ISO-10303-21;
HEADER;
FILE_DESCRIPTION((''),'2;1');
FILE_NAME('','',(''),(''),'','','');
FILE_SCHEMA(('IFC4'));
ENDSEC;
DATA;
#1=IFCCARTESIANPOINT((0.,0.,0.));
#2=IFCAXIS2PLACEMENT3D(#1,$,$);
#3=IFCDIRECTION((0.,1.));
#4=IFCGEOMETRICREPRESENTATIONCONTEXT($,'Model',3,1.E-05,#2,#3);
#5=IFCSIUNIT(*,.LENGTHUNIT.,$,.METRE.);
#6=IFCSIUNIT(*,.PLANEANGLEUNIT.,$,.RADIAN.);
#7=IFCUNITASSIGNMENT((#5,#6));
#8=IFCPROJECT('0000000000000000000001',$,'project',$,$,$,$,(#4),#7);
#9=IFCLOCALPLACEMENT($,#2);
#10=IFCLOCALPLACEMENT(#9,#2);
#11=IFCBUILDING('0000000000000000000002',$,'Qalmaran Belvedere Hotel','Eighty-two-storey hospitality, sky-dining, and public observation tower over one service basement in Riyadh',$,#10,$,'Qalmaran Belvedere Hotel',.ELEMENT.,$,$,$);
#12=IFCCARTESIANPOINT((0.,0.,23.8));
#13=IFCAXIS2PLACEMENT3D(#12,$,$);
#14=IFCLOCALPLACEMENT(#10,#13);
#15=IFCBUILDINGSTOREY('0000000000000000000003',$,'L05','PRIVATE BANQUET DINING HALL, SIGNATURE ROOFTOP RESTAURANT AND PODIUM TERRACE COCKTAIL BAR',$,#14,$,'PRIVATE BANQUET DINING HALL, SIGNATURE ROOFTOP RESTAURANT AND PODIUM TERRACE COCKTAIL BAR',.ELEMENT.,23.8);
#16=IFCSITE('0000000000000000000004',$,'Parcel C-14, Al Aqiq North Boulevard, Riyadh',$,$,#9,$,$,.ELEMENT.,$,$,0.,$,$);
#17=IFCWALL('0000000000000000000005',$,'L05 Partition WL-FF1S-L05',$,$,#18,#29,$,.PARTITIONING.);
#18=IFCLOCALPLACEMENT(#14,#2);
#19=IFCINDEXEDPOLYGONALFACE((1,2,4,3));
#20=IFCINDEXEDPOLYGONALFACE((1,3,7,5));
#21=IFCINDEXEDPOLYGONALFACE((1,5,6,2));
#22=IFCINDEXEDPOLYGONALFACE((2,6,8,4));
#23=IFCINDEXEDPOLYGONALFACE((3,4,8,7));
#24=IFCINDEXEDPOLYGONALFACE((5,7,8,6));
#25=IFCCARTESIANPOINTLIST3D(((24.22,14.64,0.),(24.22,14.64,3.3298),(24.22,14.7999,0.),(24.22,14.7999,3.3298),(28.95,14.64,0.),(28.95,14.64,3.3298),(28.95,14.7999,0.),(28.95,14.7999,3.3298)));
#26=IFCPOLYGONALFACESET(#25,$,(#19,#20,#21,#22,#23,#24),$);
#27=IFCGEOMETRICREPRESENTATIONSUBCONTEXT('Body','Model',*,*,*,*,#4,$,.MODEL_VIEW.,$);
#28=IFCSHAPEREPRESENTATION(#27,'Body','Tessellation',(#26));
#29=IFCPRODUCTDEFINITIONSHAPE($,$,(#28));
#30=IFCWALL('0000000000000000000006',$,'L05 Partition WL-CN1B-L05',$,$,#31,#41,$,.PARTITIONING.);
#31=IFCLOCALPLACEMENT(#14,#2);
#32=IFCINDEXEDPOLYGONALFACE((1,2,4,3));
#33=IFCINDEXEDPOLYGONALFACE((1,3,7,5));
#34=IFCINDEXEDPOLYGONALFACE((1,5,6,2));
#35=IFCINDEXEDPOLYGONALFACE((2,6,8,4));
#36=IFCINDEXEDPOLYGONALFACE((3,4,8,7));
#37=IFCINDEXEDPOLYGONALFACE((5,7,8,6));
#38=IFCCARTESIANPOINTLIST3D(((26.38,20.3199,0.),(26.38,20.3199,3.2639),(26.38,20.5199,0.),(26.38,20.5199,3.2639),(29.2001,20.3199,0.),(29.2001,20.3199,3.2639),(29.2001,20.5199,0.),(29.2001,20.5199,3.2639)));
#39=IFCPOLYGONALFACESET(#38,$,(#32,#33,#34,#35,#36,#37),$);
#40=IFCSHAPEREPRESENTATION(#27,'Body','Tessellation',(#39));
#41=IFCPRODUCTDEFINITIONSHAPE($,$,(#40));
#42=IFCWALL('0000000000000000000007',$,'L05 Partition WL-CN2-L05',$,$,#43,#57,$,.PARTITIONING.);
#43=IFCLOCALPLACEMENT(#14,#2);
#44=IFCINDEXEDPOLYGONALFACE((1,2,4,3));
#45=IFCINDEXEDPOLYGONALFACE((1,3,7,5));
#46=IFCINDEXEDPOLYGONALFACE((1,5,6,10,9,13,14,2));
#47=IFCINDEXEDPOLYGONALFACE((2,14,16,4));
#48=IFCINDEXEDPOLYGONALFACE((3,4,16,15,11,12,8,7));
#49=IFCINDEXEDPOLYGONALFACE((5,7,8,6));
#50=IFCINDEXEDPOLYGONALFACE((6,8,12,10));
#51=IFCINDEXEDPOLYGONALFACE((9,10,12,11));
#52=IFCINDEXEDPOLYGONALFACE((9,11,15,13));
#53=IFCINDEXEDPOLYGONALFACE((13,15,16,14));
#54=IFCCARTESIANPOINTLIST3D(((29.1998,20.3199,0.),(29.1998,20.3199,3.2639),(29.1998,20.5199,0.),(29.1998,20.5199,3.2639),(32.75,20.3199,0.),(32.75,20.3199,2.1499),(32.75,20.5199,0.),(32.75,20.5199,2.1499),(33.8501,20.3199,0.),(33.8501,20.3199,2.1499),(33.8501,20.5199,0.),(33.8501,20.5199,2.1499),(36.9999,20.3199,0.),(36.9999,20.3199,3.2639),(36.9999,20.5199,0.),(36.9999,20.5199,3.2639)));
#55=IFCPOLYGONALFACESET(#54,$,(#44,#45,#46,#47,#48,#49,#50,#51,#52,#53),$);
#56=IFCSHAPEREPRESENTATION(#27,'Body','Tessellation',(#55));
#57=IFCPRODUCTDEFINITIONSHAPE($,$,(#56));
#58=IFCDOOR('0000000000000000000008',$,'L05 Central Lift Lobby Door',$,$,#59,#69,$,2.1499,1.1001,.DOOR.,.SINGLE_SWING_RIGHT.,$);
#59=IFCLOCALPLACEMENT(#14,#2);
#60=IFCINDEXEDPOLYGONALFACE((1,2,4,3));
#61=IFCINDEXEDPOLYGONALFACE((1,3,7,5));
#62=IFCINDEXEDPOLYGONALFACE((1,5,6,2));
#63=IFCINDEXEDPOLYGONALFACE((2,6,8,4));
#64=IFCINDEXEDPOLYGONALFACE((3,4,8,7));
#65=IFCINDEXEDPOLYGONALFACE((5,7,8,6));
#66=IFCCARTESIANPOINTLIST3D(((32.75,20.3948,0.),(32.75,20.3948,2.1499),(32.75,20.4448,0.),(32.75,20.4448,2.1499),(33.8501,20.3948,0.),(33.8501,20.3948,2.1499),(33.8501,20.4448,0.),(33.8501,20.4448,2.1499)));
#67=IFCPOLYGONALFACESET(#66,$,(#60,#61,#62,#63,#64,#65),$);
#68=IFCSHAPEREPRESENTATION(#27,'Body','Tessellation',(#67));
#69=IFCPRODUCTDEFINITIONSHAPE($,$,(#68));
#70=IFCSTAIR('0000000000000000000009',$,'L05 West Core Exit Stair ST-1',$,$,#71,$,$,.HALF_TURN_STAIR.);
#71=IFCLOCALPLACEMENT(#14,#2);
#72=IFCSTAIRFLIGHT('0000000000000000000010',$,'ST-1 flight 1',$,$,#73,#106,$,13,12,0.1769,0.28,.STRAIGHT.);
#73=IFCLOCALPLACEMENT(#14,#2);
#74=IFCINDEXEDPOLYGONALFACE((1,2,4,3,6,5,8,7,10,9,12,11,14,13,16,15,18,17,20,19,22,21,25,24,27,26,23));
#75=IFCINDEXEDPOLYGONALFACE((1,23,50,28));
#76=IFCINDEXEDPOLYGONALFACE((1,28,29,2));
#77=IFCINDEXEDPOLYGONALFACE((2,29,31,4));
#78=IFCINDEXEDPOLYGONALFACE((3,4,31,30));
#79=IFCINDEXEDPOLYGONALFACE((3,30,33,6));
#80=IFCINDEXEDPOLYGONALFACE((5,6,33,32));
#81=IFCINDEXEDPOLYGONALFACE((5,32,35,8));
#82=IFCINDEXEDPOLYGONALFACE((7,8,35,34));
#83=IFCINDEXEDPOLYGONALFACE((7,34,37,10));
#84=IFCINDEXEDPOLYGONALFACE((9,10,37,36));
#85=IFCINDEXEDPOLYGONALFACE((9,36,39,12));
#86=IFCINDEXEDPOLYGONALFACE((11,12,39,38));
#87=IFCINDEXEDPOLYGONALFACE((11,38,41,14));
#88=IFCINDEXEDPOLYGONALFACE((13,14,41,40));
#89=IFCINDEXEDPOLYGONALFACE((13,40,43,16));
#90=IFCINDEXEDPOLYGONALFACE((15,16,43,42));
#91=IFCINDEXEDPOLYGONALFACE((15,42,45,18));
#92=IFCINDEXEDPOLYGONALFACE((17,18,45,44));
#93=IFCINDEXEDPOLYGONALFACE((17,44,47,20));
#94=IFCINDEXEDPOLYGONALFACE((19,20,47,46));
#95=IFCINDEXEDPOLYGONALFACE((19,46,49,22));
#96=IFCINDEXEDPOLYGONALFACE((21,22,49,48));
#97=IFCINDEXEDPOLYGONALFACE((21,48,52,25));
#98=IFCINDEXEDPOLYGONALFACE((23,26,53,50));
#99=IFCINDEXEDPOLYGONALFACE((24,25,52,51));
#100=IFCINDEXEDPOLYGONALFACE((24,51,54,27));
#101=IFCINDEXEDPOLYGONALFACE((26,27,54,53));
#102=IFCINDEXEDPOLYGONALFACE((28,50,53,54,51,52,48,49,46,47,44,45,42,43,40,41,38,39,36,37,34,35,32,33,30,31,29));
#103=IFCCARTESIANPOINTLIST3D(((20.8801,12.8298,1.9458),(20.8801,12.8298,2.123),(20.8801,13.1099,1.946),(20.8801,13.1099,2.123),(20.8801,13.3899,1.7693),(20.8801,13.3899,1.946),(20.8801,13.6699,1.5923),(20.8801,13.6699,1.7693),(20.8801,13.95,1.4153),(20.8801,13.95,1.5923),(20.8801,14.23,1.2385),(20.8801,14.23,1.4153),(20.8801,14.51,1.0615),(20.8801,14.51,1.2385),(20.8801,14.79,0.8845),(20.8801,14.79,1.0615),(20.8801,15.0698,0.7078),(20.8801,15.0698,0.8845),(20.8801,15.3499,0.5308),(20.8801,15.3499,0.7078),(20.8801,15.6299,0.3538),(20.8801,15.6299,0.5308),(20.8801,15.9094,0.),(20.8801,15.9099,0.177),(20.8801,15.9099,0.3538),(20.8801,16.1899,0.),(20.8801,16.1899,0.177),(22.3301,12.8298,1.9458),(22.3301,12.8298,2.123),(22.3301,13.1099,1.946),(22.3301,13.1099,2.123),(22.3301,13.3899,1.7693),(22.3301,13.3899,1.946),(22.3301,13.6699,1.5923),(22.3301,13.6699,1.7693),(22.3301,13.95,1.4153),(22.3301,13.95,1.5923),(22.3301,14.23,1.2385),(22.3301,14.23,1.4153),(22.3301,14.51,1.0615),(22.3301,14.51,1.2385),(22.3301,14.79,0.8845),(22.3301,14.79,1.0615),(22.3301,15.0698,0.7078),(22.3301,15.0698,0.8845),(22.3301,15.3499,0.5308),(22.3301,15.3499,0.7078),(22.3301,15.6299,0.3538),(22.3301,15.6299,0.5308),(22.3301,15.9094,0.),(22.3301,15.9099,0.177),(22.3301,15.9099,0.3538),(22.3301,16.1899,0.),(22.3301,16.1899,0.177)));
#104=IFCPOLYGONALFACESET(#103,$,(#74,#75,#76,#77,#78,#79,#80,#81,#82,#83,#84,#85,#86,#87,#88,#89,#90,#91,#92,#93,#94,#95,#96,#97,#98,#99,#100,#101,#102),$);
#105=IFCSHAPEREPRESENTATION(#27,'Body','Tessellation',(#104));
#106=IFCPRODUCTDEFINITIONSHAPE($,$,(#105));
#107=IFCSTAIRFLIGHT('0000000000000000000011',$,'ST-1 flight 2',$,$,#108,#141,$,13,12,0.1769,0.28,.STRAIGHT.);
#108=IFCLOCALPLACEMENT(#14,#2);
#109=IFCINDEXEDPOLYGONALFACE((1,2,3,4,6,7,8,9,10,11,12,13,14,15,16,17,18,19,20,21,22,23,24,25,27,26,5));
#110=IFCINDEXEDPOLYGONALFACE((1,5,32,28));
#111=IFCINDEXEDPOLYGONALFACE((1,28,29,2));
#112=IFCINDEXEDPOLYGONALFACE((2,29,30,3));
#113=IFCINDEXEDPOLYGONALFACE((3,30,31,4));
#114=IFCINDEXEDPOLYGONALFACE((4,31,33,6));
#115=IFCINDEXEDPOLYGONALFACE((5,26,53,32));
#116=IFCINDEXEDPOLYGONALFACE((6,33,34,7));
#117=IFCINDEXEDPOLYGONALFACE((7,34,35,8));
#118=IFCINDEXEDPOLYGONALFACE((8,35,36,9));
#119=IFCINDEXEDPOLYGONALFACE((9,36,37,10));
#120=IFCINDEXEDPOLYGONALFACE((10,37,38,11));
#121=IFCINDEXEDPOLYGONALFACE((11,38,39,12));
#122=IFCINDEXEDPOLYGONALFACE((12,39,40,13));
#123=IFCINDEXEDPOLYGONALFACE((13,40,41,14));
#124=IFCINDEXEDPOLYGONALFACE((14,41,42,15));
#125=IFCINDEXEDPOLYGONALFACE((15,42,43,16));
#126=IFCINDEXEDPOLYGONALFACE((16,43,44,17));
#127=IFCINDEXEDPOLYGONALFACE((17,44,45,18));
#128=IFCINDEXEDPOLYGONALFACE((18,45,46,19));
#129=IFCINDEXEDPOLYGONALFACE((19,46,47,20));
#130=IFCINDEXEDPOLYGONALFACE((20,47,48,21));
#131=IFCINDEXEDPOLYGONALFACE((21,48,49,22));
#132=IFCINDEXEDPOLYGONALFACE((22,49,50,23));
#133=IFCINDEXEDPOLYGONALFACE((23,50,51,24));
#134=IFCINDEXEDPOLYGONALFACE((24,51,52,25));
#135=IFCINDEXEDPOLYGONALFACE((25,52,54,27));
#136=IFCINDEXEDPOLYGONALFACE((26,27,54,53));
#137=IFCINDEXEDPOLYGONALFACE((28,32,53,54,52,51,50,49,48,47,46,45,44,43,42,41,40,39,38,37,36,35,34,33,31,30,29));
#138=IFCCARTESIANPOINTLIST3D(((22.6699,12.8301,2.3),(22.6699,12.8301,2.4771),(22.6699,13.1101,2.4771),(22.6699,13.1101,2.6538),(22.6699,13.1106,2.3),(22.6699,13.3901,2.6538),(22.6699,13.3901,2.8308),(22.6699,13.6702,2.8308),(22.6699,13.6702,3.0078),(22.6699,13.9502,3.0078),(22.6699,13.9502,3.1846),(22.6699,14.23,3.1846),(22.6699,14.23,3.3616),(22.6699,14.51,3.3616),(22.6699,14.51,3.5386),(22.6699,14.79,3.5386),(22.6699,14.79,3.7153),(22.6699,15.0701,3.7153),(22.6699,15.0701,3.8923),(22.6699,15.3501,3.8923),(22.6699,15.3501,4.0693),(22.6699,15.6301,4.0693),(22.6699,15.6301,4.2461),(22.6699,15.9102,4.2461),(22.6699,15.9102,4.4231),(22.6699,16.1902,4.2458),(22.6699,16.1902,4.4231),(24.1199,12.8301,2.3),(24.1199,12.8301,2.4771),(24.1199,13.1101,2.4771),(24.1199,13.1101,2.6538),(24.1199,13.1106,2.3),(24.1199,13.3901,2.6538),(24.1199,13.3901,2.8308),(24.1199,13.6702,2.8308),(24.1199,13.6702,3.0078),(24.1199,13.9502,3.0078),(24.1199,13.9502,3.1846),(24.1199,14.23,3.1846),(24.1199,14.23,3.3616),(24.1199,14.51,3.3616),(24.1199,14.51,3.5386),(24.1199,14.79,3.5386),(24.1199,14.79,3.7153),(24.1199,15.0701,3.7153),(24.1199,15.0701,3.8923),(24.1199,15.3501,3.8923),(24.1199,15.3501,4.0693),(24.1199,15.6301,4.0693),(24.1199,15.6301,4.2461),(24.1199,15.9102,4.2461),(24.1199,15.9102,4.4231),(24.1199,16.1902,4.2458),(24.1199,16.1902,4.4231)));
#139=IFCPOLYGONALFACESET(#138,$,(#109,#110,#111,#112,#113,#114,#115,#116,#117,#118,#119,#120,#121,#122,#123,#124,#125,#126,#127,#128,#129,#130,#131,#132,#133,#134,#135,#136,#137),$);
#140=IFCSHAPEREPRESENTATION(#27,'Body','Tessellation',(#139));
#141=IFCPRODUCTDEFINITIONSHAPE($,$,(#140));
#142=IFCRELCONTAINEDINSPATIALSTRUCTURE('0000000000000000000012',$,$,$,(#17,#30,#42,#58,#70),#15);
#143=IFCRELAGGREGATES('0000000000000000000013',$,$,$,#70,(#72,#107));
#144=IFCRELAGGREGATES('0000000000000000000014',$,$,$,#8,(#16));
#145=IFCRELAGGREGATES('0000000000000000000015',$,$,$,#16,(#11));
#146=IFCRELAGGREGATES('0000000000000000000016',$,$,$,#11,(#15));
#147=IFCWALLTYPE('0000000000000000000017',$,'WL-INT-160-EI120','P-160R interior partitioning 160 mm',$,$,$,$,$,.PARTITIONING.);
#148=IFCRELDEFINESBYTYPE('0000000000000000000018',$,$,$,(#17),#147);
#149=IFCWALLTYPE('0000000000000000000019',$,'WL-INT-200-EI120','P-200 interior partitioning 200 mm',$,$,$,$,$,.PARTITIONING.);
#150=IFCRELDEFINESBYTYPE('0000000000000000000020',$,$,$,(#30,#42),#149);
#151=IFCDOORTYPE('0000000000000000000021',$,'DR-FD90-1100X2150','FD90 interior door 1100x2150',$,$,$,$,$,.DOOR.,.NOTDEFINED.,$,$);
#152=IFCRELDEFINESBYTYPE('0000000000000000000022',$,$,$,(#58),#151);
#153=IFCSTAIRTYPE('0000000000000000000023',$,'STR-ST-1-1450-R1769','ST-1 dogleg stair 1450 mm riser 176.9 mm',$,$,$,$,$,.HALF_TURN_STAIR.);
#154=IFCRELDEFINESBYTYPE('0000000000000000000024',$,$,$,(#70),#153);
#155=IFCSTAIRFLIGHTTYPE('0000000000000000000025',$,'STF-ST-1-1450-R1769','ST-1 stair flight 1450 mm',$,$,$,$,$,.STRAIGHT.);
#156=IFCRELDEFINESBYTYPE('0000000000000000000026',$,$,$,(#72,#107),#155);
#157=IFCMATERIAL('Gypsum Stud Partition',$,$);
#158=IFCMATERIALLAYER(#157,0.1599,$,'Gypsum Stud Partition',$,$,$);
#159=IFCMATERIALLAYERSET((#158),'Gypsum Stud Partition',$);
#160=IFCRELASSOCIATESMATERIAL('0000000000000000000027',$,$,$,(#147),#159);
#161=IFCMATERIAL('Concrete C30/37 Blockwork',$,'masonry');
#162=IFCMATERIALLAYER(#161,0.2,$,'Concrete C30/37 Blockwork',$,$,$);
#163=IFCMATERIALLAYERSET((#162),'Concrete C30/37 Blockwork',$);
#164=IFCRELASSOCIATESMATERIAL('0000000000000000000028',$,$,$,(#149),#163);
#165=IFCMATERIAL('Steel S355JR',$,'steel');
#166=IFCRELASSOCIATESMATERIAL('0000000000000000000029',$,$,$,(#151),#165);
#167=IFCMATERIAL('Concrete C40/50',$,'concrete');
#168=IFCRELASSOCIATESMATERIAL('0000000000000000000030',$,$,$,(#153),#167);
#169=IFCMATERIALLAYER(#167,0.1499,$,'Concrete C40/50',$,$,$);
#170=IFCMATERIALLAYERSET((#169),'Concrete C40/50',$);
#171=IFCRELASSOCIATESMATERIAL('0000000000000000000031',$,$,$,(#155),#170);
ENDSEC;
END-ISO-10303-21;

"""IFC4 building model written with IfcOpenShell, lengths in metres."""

from ifc_helpers import new_model, si_unit, direction, frame, frame_2d, origin, place, context, subcontext, project, spatial, polyline, rectangle, outline, extrude, material, layer, layer_set, type_object, element, fill, aggregate, save


model = new_model("IFC4")

# Units and contexts
model_context = context("Model", 3, precision=1e-05, world=origin(), true_north=direction((0.0, 1.0)))
body_context = subcontext(model_context, "Body", "Model", "MODEL_VIEW")
ifc_project = project(units=[si_unit("LENGTHUNIT", "METRE"), si_unit("PLANEANGLEUNIT", "RADIAN")], contexts=[model_context])

# Site, building, storey
site_placement = place(None, origin())
site = spatial("IfcSite", under=ifc_project, at=site_placement, Name="Parcel C-14, Al Aqiq North Boulevard, Riyadh", CompositionType="ELEMENT", RefElevation=0.0)
building_placement = place(site_placement, origin())
building = spatial("IfcBuilding", under=site, at=building_placement, Name="Qalmaran Belvedere Hotel", Description="Eighty-two-storey hospitality, sky-dining, and public observation tower over one service basement in Riyadh", LongName="Qalmaran Belvedere Hotel", CompositionType="ELEMENT")
storey_placement = place(building_placement, frame((0.0, 0.0, 23.8)))
storey = spatial("IfcBuildingStorey", under=building, at=storey_placement, Name="L05", Description="PRIVATE BANQUET DINING HALL, SIGNATURE ROOFTOP RESTAURANT AND PODIUM TERRACE COCKTAIL BAR", LongName="PRIVATE BANQUET DINING HALL, SIGNATURE ROOFTOP RESTAURANT AND PODIUM TERRACE COCKTAIL BAR", CompositionType="ELEMENT", Elevation=23.8)

# Shared definitions
ifc_material_1 = material(Name="Steel S355JR", Category="steel")

# Shared definitions
ifc_material_2 = material(Name="Gypsum Stud Partition")

# Shared definitions
ifc_layer_1 = layer(ifc_material_2, 0.1599, Name="Gypsum Stud Partition")
ifc_layer_set_1 = layer_set([ifc_layer_1], Name="Gypsum Stud Partition")
wall_type_1 = type_object("IfcWallType", Name="WL-INT-160-EI120", Description="P-160R interior partitioning 160 mm", PredefinedType="PARTITIONING", material=ifc_layer_set_1)

# Wall
wall_1_placement = place(storey_placement, frame((24.22, 14.72, 0.0), z_axis=(0.0, 0.0, 1.0), x_axis=(1.0, 0.0, 0.0)))
element("IfcWall", 1, at=wall_1_placement, inside=storey, type_object=wall_type_1, Name="L05 Partition WL-FF1S-L05", PredefinedType="PARTITIONING", context=body_context, shape_type="SweptSolid", body=[
    extrude(rectangle(XDim=4.73, YDim=0.1599, at=frame_2d((2.365, 0.0))), origin(), (0.0, 0.0, 1.0), 3.3298),
])

# Shared definitions
ifc_material_3 = material(Name="Concrete C30/37 Blockwork", Category="masonry")
ifc_layer_2 = layer(ifc_material_3, 0.2, Name="Concrete C30/37 Blockwork")
ifc_layer_set_2 = layer_set([ifc_layer_2], Name="Concrete C30/37 Blockwork")
wall_type_2 = type_object("IfcWallType", Name="WL-INT-200-EI120", Description="P-200 interior partitioning 200 mm", PredefinedType="PARTITIONING", material=ifc_layer_set_2)
door_type_1 = type_object("IfcDoorType", Name="DR-FD90-1100X2150", Description="FD90 interior door 1100x2150", OperationType="NOTDEFINED", PredefinedType="DOOR", material=ifc_material_1)

# Wall
wall_2_placement = place(storey_placement, frame((26.3799, 20.4199, 0.0), z_axis=(0.0, 0.0, 1.0), x_axis=(1.0, 0.0, 0.0)))
element("IfcWall", 2, at=wall_2_placement, inside=storey, type_object=wall_type_2, Name="L05 Partition WL-CN1B-L05", PredefinedType="PARTITIONING", context=body_context, shape_type="SweptSolid", body=[
    extrude(rectangle(XDim=2.8201, YDim=0.2, at=frame_2d((1.4102, 0.0))), origin(), (0.0, 0.0, 1.0), 3.2639),
])

# Wall, opening, door
wall_3_placement = place(storey_placement, frame((29.2, 20.4199, 0.0), z_axis=(0.0, 0.0, 1.0), x_axis=(1.0, 0.0, 0.0)))
wall_3 = element("IfcWall", 3, at=wall_3_placement, inside=storey, type_object=wall_type_2, Name="L05 Partition WL-CN2-L05", PredefinedType="PARTITIONING", context=body_context, shape_type="SweptSolid", body=[
    extrude(rectangle(XDim=7.8, YDim=0.2, at=frame_2d((3.8999, 0.0))), origin(), (0.0, 0.0, 1.0), 3.2639),
])
opening_1_placement = place(wall_3_placement, frame((3.55, 0.0, 0.0)))
opening_1 = element("IfcOpeningElement", 4, at=opening_1_placement, cuts=wall_3, PredefinedType="OPENING", context=body_context, shape_type="SweptSolid", body=[
    extrude(rectangle(XDim=1.1001, YDim=2.1499, at=frame_2d((0.55, 1.075))), frame((0.0, 0.1099, 0.0), z_axis=(0.0, -1.0, 0.0), x_axis=(1.0, 0.0, 0.0)), (0.0, 0.0, 1.0), 0.22),
])
door_1_placement = place(opening_1_placement, origin())
door_1 = element("IfcDoor", 5, at=door_1_placement, inside=storey, type_object=door_type_1, Name="L05 Central Lift Lobby Door", OperationType="SINGLE_SWING_RIGHT", OverallHeight=2.1499, OverallWidth=1.1001, PredefinedType="DOOR", context=body_context, shape_type="SweptSolid", body=[
    extrude(rectangle(XDim=1.1001, YDim=2.1499, at=frame_2d((0.55, 1.075))), frame((0.0, 0.0249, 0.0), z_axis=(0.0, -1.0, 0.0), x_axis=(1.0, 0.0, 0.0)), (0.0, 0.0, 1.0), 0.05),
])
fill(opening_1, door_1)

# Stair, stair flights
ifc_material_4 = material(Name="Concrete C40/50", Category="concrete")
stair_type = type_object("IfcStairType", Name="STR-ST-1-1450-R1769", Description="ST-1 dogleg stair 1450 mm riser 176.9 mm", PredefinedType="HALF_TURN_STAIR", material=ifc_material_4)
stair_placement = place(storey_placement, origin())
stair = element("IfcStair", 6, at=stair_placement, inside=storey, type_object=stair_type, Name="L05 West Core Exit Stair ST-1", PredefinedType="HALF_TURN_STAIR")
ifc_layer_3 = layer(ifc_material_4, 0.1499, Name="Concrete C40/50")
ifc_layer_set_3 = layer_set([ifc_layer_3], Name="Concrete C40/50")
stair_flight_type = type_object("IfcStairFlightType", Name="STF-ST-1-1450-R1769", Description="ST-1 stair flight 1450 mm", PredefinedType="STRAIGHT", material=ifc_layer_set_3)
stair_flight_1_placement = place(storey_placement, frame((21.605, 16.1899, 0.0), z_axis=(0.0, 0.0, 1.0), x_axis=(0.0, -1.0, 0.0)))
stair_flight_1 = element("IfcStairFlight", 7, at=stair_flight_1_placement, type_object=stair_flight_type, Name="ST-1 flight 1", NumberOfRisers=13, NumberOfTreads=12, PredefinedType="STRAIGHT", RiserHeight=0.1769, TreadLength=0.28, context=body_context, shape_type="SweptSolid", body=[
    extrude(outline(polyline([(0.0, 0.0), (0.0, 0.177), (0.28, 0.177), (0.28, 0.3538), (0.5601, 0.3538), (0.5601, 0.5308), (0.8401, 0.5308), (0.8401, 0.7078), (1.1201, 0.7078), (1.1201, 0.8845), (1.3999, 0.8845), (1.3999, 1.0615), (1.6799, 1.0615), (1.6799, 1.2385), (1.96, 1.2385), (1.96, 1.4153), (2.24, 1.4153), (2.24, 1.5923), (2.52, 1.5923), (2.52, 1.7693), (2.8, 1.7693), (2.8, 1.946), (3.0801, 1.946), (3.0801, 2.123), (3.3601, 2.123), (3.3601, 2.3), (3.3601, 1.9458), (0.2805, 0.0), (0.0, 0.0)])), frame((0.0, 0.7251, 0.0), z_axis=(0.0, -1.0, 0.0), x_axis=(1.0, 0.0, 0.0)), (0.0, 0.0, 1.0), 1.45),
])
stair_flight_2_placement = place(storey_placement, frame((23.395, 12.8301, 2.3), z_axis=(0.0, 0.0, 1.0), x_axis=(0.0, 1.0, 0.0)))
stair_flight_2 = element("IfcStairFlight", 8, at=stair_flight_2_placement, type_object=stair_flight_type, Name="ST-1 flight 2", NumberOfRisers=13, NumberOfTreads=12, PredefinedType="STRAIGHT", RiserHeight=0.1769, TreadLength=0.28, context=body_context, shape_type="SweptSolid", body=[
    extrude(outline(polyline([(0.0, 0.0), (0.0, 0.177), (0.28, 0.177), (0.28, 0.3538), (0.5601, 0.3538), (0.5601, 0.5308), (0.8401, 0.5308), (0.8401, 0.7078), (1.1201, 0.7078), (1.1201, 0.8845), (1.3999, 0.8845), (1.3999, 1.0615), (1.6799, 1.0615), (1.6799, 1.2385), (1.96, 1.2385), (1.96, 1.4153), (2.24, 1.4153), (2.24, 1.5923), (2.52, 1.5923), (2.52, 1.7693), (2.8, 1.7693), (2.8, 1.946), (3.0801, 1.946), (3.0801, 2.123), (3.3601, 2.123), (3.3601, 2.3), (3.3601, 1.9458), (0.2805, 0.0), (0.0, 0.0)])), frame((0.0, 0.7251, 0.0), z_axis=(0.0, -1.0, 0.0), x_axis=(1.0, 0.0, 0.0)), (0.0, 0.0, 1.0), 1.45),
])
aggregate(stair, [stair_flight_1, stair_flight_2])

save(model, "model.ifc")
